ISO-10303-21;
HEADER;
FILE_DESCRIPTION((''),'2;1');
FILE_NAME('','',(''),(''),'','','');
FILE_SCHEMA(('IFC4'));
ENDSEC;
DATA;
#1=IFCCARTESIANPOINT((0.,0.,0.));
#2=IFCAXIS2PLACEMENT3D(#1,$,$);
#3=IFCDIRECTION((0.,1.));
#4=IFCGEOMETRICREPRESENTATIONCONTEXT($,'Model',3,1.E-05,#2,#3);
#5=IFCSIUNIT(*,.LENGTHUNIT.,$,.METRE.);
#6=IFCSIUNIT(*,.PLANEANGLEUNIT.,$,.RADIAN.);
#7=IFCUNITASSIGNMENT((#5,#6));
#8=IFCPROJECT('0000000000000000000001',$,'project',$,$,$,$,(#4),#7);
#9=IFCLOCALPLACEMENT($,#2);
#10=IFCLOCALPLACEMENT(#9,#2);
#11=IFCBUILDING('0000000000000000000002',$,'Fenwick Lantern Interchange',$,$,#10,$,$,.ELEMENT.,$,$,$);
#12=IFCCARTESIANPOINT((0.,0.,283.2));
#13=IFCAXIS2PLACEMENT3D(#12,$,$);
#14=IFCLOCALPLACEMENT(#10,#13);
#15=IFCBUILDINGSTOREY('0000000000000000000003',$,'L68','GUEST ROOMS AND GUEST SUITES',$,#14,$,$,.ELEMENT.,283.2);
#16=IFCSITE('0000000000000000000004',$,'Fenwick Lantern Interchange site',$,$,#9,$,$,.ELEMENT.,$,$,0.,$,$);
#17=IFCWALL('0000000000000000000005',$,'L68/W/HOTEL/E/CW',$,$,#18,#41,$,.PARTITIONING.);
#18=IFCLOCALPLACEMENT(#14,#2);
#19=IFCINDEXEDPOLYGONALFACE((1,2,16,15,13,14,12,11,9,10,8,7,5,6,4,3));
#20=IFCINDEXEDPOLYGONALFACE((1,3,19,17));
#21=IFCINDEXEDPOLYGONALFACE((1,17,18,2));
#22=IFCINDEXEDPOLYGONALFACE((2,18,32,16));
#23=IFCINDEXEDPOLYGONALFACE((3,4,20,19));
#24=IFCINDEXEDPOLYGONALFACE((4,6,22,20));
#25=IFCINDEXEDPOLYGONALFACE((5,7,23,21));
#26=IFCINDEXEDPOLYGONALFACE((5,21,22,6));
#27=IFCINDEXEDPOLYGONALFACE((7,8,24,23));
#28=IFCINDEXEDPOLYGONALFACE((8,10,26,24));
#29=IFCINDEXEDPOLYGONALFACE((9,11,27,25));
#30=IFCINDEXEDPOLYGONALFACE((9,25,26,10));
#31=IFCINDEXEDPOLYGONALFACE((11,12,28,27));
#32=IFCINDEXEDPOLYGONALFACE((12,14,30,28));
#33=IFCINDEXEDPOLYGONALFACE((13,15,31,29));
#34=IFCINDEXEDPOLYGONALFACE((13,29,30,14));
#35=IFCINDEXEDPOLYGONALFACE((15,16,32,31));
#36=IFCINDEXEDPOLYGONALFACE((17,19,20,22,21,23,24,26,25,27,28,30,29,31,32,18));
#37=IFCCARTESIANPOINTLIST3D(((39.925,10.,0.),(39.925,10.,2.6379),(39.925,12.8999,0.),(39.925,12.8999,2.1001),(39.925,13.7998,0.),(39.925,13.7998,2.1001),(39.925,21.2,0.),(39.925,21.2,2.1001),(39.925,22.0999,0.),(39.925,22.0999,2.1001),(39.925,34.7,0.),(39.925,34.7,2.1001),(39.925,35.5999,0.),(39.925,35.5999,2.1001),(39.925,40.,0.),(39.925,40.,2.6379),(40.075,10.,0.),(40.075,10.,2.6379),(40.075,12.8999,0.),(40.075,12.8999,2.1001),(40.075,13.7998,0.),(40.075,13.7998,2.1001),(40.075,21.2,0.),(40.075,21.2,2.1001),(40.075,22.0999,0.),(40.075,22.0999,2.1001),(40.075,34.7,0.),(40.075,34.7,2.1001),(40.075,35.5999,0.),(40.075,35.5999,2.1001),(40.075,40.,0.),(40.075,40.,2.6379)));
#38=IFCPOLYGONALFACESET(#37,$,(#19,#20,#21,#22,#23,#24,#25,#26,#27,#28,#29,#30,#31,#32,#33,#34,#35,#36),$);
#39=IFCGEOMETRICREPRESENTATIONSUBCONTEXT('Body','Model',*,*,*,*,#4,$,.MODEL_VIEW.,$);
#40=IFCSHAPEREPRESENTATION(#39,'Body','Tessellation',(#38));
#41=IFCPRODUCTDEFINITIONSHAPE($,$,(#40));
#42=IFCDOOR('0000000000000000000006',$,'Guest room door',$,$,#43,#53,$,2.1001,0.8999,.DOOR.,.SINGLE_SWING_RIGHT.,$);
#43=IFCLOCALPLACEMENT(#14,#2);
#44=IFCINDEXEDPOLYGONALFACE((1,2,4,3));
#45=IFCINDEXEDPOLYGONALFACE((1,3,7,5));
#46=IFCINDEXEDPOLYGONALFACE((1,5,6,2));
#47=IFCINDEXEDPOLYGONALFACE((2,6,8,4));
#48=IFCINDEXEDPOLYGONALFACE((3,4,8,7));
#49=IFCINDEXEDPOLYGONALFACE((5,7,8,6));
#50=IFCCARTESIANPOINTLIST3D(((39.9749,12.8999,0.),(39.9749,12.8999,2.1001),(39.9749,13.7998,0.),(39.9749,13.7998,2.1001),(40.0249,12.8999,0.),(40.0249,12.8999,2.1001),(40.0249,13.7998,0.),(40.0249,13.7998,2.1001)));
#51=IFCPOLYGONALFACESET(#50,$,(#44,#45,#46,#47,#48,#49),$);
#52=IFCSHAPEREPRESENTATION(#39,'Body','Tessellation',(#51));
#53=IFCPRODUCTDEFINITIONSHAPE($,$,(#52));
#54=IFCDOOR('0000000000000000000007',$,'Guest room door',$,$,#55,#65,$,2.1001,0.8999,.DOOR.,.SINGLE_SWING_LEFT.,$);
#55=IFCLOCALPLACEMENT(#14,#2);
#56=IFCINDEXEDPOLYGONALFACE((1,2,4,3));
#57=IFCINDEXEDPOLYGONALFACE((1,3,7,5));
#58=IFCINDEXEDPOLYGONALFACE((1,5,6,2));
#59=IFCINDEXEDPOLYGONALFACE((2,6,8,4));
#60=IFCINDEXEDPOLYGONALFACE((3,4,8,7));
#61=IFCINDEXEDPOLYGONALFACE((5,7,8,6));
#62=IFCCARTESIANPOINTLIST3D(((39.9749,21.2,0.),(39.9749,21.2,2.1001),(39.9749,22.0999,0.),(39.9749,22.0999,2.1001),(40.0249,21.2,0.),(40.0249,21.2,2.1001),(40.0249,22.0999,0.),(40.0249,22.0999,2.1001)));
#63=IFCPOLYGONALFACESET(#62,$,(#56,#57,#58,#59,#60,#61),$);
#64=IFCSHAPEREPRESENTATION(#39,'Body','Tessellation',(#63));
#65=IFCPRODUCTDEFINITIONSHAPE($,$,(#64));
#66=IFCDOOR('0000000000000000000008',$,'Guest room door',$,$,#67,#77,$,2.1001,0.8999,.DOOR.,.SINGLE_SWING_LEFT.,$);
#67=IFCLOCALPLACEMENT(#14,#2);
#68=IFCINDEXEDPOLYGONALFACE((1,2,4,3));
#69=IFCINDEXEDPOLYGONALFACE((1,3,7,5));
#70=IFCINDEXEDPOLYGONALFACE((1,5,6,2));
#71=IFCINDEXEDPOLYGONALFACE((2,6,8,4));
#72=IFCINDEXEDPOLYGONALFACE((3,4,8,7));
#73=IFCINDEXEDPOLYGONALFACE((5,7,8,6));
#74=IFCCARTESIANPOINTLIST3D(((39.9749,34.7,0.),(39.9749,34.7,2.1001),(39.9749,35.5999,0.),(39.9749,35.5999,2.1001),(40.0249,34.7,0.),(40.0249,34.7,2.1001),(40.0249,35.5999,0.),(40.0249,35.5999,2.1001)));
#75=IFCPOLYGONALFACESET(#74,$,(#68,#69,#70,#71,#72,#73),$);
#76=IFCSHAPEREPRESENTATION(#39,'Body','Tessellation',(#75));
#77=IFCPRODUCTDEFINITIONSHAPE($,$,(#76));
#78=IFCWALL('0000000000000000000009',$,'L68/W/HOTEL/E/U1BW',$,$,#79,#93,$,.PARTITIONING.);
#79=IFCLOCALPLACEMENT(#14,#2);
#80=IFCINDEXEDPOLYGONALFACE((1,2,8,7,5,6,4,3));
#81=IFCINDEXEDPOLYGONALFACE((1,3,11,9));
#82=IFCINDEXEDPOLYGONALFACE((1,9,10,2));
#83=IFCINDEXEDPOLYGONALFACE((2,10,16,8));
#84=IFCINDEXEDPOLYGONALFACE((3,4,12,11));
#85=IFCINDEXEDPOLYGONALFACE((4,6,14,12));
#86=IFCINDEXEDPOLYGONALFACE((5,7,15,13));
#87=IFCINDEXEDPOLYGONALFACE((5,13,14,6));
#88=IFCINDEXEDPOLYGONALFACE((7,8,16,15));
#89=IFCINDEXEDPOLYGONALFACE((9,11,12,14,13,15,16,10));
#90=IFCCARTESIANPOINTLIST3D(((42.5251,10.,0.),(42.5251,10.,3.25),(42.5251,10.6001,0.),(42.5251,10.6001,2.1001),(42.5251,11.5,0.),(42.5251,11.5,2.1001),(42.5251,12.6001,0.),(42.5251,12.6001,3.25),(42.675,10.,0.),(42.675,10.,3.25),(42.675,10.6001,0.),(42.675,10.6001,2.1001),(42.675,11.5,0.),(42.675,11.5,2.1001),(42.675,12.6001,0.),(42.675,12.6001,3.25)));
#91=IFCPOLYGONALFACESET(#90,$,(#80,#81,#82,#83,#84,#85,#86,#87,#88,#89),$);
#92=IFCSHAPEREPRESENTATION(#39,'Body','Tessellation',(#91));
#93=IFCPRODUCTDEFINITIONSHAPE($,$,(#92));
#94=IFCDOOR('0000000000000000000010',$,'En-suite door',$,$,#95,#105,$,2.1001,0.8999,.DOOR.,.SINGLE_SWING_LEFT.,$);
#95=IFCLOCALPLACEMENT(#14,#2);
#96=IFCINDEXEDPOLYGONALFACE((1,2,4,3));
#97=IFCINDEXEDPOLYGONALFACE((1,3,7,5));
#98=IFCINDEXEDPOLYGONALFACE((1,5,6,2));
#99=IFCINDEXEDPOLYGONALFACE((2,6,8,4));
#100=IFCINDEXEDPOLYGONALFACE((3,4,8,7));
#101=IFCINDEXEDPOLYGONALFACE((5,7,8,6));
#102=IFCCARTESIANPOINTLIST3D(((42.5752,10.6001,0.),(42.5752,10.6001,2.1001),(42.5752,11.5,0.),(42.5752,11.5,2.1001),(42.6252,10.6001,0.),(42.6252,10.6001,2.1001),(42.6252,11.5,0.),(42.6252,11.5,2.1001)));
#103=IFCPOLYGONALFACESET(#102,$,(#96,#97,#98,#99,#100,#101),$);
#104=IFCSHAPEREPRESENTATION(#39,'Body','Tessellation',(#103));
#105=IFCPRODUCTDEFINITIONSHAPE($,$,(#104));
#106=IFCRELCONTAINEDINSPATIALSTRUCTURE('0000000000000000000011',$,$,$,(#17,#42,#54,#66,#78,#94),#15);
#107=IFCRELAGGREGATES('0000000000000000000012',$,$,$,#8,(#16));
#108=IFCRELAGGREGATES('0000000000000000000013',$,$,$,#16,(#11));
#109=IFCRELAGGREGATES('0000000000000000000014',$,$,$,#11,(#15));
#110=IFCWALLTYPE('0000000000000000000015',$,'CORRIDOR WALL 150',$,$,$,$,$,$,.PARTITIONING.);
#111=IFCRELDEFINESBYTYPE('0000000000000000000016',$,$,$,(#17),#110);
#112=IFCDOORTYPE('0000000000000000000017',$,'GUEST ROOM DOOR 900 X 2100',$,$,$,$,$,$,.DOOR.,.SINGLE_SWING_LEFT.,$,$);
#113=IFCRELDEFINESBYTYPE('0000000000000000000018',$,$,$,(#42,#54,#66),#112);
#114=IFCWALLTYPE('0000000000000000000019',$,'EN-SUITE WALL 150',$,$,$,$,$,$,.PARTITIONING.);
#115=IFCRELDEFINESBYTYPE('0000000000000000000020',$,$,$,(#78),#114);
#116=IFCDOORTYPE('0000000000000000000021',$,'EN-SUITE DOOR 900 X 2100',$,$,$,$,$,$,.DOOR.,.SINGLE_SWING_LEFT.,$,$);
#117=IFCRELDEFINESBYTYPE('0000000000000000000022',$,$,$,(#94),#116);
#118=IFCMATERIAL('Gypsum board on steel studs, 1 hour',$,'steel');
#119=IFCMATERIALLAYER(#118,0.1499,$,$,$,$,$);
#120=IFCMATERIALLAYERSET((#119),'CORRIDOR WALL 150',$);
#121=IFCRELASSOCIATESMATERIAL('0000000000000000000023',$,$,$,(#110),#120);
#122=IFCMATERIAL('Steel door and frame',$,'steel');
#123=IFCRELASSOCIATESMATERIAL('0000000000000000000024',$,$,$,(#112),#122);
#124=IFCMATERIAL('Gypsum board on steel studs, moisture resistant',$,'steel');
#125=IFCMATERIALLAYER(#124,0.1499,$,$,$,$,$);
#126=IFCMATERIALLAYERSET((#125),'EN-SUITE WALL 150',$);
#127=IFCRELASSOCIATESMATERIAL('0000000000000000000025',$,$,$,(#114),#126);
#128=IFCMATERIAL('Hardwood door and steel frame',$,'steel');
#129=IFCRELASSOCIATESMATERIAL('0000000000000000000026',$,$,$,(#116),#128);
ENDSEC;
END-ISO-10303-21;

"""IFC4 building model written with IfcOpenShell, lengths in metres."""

from ifc_helpers import new_model, si_unit, direction, frame, frame_2d, origin, place, context, subcontext, project, spatial, rectangle, extrude, material, layer, layer_set, type_object, element, fill, save


model = new_model("IFC4")

# Units and contexts
model_context = context("Model", 3, precision=1e-05, world=origin(), true_north=direction((0.0, 1.0)))
body_context = subcontext(model_context, "Body", "Model", "MODEL_VIEW")
ifc_project = project(units=[si_unit("LENGTHUNIT", "METRE"), si_unit("PLANEANGLEUNIT", "RADIAN")], contexts=[model_context])

# Site, building, storey
site_placement = place(None, origin())
site = spatial("IfcSite", under=ifc_project, at=site_placement, Name="Fenwick Lantern Interchange site", CompositionType="ELEMENT", RefElevation=0.0)
building_placement = place(site_placement, origin())
building = spatial("IfcBuilding", under=site, at=building_placement, Name="Fenwick Lantern Interchange", CompositionType="ELEMENT")
storey_placement = place(building_placement, frame((0.0, 0.0, 283.2)))
storey = spatial("IfcBuildingStorey", under=building, at=storey_placement, Name="L68", Description="GUEST ROOMS AND GUEST SUITES", CompositionType="ELEMENT", Elevation=283.2)

# Wall, openings, doors
ifc_material_1 = material(Name="Gypsum board on steel studs, 1 hour", Category="steel")
ifc_layer_1 = layer(ifc_material_1, 0.1499)
ifc_layer_set_1 = layer_set([ifc_layer_1], Name="CORRIDOR WALL 150")
wall_type_1 = type_object("IfcWallType", Name="CORRIDOR WALL 150", PredefinedType="PARTITIONING", material=ifc_layer_set_1)
wall_1_placement = place(storey_placement, frame((40.0, 10.0, 0.0), z_axis=(0.0, 0.0, 1.0), x_axis=(0.0, 1.0, 0.0)))
wall_1 = element("IfcWall", 1, at=wall_1_placement, inside=storey, type_object=wall_type_1, Name="L68/W/HOTEL/E/CW", PredefinedType="PARTITIONING", context=body_context, shape_type="SweptSolid", body=[
    extrude(rectangle(XDim=30.0, YDim=0.1499, at=frame_2d((15.0, 0.0))), origin(), (0.0, 0.0, 1.0), 2.6379),
])
opening_1_placement = place(wall_1_placement, frame((2.8999, 0.0, 0.0)))
opening_1 = element("IfcOpeningElement", 2, at=opening_1_placement, cuts=wall_1, PredefinedType="OPENING", context=body_context, shape_type="SweptSolid", body=[
    extrude(rectangle(XDim=0.8999, YDim=2.1001, at=frame_2d((0.45, 1.05))), frame((0.0, 0.085, 0.0), z_axis=(0.0, -1.0, 0.0), x_axis=(1.0, 0.0, 0.0)), (0.0, 0.0, 1.0), 0.1699),
])
opening_2_placement = place(wall_1_placement, frame((11.2, 0.0, 0.0)))
opening_2 = element("IfcOpeningElement", 3, at=opening_2_placement, cuts=wall_1, PredefinedType="OPENING", context=body_context, shape_type="SweptSolid", body=[
    extrude(rectangle(XDim=0.8999, YDim=2.1001, at=frame_2d((0.45, 1.05))), frame((0.0, 0.085, 0.0), z_axis=(0.0, -1.0, 0.0), x_axis=(1.0, 0.0, 0.0)), (0.0, 0.0, 1.0), 0.1699),
])
opening_3_placement = place(wall_1_placement, frame((24.7, 0.0, 0.0)))
opening_3 = element("IfcOpeningElement", 4, at=opening_3_placement, cuts=wall_1, PredefinedType="OPENING", context=body_context, shape_type="SweptSolid", body=[
    extrude(rectangle(XDim=0.8999, YDim=2.1001, at=frame_2d((0.45, 1.05))), frame((0.0, 0.085, 0.0), z_axis=(0.0, -1.0, 0.0), x_axis=(1.0, 0.0, 0.0)), (0.0, 0.0, 1.0), 0.1699),
])
ifc_material_2 = material(Name="Steel door and frame", Category="steel")
door_type_1 = type_object("IfcDoorType", Name="GUEST ROOM DOOR 900 X 2100", OperationType="SINGLE_SWING_LEFT", PredefinedType="DOOR", material=ifc_material_2)
door_1_placement = place(opening_1_placement, frame((0.8999, 0.0, 0.0), z_axis=(0.0, 0.0, 1.0), x_axis=(-1.0, 0.0, 0.0)))
door_1 = element("IfcDoor", 5, at=door_1_placement, inside=storey, type_object=door_type_1, Name="Guest room door", OperationType="SINGLE_SWING_RIGHT", OverallHeight=2.1001, OverallWidth=0.8999, PredefinedType="DOOR", context=body_context, shape_type="SweptSolid", body=[
    extrude(rectangle(XDim=0.8999, YDim=2.1001, at=frame_2d((0.45, 1.05))), frame((0.0, 0.0249, 0.0), z_axis=(0.0, -1.0, 0.0), x_axis=(1.0, 0.0, 0.0)), (0.0, 0.0, 1.0), 0.05),
])
fill(opening_1, door_1)
door_2_placement = place(opening_2_placement, frame((0.8999, 0.0, 0.0), z_axis=(0.0, 0.0, 1.0), x_axis=(-1.0, 0.0, 0.0)))
door_2 = element("IfcDoor", 6, at=door_2_placement, inside=storey, type_object=door_type_1, Name="Guest room door", OperationType="SINGLE_SWING_LEFT", OverallHeight=2.1001, OverallWidth=0.8999, PredefinedType="DOOR", context=body_context, shape_type="SweptSolid", body=[
    extrude(rectangle(XDim=0.8999, YDim=2.1001, at=frame_2d((0.45, 1.05))), frame((0.0, 0.0249, 0.0), z_axis=(0.0, -1.0, 0.0), x_axis=(1.0, 0.0, 0.0)), (0.0, 0.0, 1.0), 0.05),
])
fill(opening_2, door_2)
door_3_placement = place(opening_3_placement, frame((0.8999, 0.0, 0.0), z_axis=(0.0, 0.0, 1.0), x_axis=(-1.0, 0.0, 0.0)))
door_3 = element("IfcDoor", 7, at=door_3_placement, inside=storey, type_object=door_type_1, Name="Guest room door", OperationType="SINGLE_SWING_LEFT", OverallHeight=2.1001, OverallWidth=0.8999, PredefinedType="DOOR", context=body_context, shape_type="SweptSolid", body=[
    extrude(rectangle(XDim=0.8999, YDim=2.1001, at=frame_2d((0.45, 1.05))), frame((0.0, 0.0249, 0.0), z_axis=(0.0, -1.0, 0.0), x_axis=(1.0, 0.0, 0.0)), (0.0, 0.0, 1.0), 0.05),
])
fill(opening_3, door_3)

# Wall, opening, door
ifc_material_3 = material(Name="Gypsum board on steel studs, moisture resistant", Category="steel")
ifc_layer_2 = layer(ifc_material_3, 0.1499)
ifc_layer_set_2 = layer_set([ifc_layer_2], Name="EN-SUITE WALL 150")
wall_type_2 = type_object("IfcWallType", Name="EN-SUITE WALL 150", PredefinedType="PARTITIONING", material=ifc_layer_set_2)
wall_2_placement = place(storey_placement, frame((42.6001, 10.0, 0.0), z_axis=(0.0, 0.0, 1.0), x_axis=(0.0, 1.0, 0.0)))
wall_2 = element("IfcWall", 8, at=wall_2_placement, inside=storey, type_object=wall_type_2, Name="L68/W/HOTEL/E/U1BW", PredefinedType="PARTITIONING", context=body_context, shape_type="SweptSolid", body=[
    extrude(rectangle(XDim=2.6001, YDim=0.1499, at=frame_2d((1.3, 0.0))), origin(), (0.0, 0.0, 1.0), 3.25),
])
opening_4_placement = place(wall_2_placement, frame((0.6001, 0.0, 0.0)))
opening_4 = element("IfcOpeningElement", 9, at=opening_4_placement, cuts=wall_2, PredefinedType="OPENING", context=body_context, shape_type="SweptSolid", body=[
    extrude(rectangle(XDim=0.8999, YDim=2.1001, at=frame_2d((0.45, 1.05))), frame((0.0, 0.085, 0.0), z_axis=(0.0, -1.0, 0.0), x_axis=(1.0, 0.0, 0.0)), (0.0, 0.0, 1.0), 0.1699),
])
ifc_material_4 = material(Name="Hardwood door and steel frame", Category="steel")
door_type_2 = type_object("IfcDoorType", Name="EN-SUITE DOOR 900 X 2100", OperationType="SINGLE_SWING_LEFT", PredefinedType="DOOR", material=ifc_material_4)
door_4_placement = place(opening_4_placement, origin())
door_4 = element("IfcDoor", 10, at=door_4_placement, inside=storey, type_object=door_type_2, Name="En-suite door", OperationType="SINGLE_SWING_LEFT", OverallHeight=2.1001, OverallWidth=0.8999, PredefinedType="DOOR", context=body_context, shape_type="SweptSolid", body=[
    extrude(rectangle(XDim=0.8999, YDim=2.1001, at=frame_2d((0.45, 1.05))), frame((0.0, 0.0249, 0.0), z_axis=(0.0, -1.0, 0.0), x_axis=(1.0, 0.0, 0.0)), (0.0, 0.0, 1.0), 0.05),
])
fill(opening_4, door_4)

save(model, "model.ifc")
